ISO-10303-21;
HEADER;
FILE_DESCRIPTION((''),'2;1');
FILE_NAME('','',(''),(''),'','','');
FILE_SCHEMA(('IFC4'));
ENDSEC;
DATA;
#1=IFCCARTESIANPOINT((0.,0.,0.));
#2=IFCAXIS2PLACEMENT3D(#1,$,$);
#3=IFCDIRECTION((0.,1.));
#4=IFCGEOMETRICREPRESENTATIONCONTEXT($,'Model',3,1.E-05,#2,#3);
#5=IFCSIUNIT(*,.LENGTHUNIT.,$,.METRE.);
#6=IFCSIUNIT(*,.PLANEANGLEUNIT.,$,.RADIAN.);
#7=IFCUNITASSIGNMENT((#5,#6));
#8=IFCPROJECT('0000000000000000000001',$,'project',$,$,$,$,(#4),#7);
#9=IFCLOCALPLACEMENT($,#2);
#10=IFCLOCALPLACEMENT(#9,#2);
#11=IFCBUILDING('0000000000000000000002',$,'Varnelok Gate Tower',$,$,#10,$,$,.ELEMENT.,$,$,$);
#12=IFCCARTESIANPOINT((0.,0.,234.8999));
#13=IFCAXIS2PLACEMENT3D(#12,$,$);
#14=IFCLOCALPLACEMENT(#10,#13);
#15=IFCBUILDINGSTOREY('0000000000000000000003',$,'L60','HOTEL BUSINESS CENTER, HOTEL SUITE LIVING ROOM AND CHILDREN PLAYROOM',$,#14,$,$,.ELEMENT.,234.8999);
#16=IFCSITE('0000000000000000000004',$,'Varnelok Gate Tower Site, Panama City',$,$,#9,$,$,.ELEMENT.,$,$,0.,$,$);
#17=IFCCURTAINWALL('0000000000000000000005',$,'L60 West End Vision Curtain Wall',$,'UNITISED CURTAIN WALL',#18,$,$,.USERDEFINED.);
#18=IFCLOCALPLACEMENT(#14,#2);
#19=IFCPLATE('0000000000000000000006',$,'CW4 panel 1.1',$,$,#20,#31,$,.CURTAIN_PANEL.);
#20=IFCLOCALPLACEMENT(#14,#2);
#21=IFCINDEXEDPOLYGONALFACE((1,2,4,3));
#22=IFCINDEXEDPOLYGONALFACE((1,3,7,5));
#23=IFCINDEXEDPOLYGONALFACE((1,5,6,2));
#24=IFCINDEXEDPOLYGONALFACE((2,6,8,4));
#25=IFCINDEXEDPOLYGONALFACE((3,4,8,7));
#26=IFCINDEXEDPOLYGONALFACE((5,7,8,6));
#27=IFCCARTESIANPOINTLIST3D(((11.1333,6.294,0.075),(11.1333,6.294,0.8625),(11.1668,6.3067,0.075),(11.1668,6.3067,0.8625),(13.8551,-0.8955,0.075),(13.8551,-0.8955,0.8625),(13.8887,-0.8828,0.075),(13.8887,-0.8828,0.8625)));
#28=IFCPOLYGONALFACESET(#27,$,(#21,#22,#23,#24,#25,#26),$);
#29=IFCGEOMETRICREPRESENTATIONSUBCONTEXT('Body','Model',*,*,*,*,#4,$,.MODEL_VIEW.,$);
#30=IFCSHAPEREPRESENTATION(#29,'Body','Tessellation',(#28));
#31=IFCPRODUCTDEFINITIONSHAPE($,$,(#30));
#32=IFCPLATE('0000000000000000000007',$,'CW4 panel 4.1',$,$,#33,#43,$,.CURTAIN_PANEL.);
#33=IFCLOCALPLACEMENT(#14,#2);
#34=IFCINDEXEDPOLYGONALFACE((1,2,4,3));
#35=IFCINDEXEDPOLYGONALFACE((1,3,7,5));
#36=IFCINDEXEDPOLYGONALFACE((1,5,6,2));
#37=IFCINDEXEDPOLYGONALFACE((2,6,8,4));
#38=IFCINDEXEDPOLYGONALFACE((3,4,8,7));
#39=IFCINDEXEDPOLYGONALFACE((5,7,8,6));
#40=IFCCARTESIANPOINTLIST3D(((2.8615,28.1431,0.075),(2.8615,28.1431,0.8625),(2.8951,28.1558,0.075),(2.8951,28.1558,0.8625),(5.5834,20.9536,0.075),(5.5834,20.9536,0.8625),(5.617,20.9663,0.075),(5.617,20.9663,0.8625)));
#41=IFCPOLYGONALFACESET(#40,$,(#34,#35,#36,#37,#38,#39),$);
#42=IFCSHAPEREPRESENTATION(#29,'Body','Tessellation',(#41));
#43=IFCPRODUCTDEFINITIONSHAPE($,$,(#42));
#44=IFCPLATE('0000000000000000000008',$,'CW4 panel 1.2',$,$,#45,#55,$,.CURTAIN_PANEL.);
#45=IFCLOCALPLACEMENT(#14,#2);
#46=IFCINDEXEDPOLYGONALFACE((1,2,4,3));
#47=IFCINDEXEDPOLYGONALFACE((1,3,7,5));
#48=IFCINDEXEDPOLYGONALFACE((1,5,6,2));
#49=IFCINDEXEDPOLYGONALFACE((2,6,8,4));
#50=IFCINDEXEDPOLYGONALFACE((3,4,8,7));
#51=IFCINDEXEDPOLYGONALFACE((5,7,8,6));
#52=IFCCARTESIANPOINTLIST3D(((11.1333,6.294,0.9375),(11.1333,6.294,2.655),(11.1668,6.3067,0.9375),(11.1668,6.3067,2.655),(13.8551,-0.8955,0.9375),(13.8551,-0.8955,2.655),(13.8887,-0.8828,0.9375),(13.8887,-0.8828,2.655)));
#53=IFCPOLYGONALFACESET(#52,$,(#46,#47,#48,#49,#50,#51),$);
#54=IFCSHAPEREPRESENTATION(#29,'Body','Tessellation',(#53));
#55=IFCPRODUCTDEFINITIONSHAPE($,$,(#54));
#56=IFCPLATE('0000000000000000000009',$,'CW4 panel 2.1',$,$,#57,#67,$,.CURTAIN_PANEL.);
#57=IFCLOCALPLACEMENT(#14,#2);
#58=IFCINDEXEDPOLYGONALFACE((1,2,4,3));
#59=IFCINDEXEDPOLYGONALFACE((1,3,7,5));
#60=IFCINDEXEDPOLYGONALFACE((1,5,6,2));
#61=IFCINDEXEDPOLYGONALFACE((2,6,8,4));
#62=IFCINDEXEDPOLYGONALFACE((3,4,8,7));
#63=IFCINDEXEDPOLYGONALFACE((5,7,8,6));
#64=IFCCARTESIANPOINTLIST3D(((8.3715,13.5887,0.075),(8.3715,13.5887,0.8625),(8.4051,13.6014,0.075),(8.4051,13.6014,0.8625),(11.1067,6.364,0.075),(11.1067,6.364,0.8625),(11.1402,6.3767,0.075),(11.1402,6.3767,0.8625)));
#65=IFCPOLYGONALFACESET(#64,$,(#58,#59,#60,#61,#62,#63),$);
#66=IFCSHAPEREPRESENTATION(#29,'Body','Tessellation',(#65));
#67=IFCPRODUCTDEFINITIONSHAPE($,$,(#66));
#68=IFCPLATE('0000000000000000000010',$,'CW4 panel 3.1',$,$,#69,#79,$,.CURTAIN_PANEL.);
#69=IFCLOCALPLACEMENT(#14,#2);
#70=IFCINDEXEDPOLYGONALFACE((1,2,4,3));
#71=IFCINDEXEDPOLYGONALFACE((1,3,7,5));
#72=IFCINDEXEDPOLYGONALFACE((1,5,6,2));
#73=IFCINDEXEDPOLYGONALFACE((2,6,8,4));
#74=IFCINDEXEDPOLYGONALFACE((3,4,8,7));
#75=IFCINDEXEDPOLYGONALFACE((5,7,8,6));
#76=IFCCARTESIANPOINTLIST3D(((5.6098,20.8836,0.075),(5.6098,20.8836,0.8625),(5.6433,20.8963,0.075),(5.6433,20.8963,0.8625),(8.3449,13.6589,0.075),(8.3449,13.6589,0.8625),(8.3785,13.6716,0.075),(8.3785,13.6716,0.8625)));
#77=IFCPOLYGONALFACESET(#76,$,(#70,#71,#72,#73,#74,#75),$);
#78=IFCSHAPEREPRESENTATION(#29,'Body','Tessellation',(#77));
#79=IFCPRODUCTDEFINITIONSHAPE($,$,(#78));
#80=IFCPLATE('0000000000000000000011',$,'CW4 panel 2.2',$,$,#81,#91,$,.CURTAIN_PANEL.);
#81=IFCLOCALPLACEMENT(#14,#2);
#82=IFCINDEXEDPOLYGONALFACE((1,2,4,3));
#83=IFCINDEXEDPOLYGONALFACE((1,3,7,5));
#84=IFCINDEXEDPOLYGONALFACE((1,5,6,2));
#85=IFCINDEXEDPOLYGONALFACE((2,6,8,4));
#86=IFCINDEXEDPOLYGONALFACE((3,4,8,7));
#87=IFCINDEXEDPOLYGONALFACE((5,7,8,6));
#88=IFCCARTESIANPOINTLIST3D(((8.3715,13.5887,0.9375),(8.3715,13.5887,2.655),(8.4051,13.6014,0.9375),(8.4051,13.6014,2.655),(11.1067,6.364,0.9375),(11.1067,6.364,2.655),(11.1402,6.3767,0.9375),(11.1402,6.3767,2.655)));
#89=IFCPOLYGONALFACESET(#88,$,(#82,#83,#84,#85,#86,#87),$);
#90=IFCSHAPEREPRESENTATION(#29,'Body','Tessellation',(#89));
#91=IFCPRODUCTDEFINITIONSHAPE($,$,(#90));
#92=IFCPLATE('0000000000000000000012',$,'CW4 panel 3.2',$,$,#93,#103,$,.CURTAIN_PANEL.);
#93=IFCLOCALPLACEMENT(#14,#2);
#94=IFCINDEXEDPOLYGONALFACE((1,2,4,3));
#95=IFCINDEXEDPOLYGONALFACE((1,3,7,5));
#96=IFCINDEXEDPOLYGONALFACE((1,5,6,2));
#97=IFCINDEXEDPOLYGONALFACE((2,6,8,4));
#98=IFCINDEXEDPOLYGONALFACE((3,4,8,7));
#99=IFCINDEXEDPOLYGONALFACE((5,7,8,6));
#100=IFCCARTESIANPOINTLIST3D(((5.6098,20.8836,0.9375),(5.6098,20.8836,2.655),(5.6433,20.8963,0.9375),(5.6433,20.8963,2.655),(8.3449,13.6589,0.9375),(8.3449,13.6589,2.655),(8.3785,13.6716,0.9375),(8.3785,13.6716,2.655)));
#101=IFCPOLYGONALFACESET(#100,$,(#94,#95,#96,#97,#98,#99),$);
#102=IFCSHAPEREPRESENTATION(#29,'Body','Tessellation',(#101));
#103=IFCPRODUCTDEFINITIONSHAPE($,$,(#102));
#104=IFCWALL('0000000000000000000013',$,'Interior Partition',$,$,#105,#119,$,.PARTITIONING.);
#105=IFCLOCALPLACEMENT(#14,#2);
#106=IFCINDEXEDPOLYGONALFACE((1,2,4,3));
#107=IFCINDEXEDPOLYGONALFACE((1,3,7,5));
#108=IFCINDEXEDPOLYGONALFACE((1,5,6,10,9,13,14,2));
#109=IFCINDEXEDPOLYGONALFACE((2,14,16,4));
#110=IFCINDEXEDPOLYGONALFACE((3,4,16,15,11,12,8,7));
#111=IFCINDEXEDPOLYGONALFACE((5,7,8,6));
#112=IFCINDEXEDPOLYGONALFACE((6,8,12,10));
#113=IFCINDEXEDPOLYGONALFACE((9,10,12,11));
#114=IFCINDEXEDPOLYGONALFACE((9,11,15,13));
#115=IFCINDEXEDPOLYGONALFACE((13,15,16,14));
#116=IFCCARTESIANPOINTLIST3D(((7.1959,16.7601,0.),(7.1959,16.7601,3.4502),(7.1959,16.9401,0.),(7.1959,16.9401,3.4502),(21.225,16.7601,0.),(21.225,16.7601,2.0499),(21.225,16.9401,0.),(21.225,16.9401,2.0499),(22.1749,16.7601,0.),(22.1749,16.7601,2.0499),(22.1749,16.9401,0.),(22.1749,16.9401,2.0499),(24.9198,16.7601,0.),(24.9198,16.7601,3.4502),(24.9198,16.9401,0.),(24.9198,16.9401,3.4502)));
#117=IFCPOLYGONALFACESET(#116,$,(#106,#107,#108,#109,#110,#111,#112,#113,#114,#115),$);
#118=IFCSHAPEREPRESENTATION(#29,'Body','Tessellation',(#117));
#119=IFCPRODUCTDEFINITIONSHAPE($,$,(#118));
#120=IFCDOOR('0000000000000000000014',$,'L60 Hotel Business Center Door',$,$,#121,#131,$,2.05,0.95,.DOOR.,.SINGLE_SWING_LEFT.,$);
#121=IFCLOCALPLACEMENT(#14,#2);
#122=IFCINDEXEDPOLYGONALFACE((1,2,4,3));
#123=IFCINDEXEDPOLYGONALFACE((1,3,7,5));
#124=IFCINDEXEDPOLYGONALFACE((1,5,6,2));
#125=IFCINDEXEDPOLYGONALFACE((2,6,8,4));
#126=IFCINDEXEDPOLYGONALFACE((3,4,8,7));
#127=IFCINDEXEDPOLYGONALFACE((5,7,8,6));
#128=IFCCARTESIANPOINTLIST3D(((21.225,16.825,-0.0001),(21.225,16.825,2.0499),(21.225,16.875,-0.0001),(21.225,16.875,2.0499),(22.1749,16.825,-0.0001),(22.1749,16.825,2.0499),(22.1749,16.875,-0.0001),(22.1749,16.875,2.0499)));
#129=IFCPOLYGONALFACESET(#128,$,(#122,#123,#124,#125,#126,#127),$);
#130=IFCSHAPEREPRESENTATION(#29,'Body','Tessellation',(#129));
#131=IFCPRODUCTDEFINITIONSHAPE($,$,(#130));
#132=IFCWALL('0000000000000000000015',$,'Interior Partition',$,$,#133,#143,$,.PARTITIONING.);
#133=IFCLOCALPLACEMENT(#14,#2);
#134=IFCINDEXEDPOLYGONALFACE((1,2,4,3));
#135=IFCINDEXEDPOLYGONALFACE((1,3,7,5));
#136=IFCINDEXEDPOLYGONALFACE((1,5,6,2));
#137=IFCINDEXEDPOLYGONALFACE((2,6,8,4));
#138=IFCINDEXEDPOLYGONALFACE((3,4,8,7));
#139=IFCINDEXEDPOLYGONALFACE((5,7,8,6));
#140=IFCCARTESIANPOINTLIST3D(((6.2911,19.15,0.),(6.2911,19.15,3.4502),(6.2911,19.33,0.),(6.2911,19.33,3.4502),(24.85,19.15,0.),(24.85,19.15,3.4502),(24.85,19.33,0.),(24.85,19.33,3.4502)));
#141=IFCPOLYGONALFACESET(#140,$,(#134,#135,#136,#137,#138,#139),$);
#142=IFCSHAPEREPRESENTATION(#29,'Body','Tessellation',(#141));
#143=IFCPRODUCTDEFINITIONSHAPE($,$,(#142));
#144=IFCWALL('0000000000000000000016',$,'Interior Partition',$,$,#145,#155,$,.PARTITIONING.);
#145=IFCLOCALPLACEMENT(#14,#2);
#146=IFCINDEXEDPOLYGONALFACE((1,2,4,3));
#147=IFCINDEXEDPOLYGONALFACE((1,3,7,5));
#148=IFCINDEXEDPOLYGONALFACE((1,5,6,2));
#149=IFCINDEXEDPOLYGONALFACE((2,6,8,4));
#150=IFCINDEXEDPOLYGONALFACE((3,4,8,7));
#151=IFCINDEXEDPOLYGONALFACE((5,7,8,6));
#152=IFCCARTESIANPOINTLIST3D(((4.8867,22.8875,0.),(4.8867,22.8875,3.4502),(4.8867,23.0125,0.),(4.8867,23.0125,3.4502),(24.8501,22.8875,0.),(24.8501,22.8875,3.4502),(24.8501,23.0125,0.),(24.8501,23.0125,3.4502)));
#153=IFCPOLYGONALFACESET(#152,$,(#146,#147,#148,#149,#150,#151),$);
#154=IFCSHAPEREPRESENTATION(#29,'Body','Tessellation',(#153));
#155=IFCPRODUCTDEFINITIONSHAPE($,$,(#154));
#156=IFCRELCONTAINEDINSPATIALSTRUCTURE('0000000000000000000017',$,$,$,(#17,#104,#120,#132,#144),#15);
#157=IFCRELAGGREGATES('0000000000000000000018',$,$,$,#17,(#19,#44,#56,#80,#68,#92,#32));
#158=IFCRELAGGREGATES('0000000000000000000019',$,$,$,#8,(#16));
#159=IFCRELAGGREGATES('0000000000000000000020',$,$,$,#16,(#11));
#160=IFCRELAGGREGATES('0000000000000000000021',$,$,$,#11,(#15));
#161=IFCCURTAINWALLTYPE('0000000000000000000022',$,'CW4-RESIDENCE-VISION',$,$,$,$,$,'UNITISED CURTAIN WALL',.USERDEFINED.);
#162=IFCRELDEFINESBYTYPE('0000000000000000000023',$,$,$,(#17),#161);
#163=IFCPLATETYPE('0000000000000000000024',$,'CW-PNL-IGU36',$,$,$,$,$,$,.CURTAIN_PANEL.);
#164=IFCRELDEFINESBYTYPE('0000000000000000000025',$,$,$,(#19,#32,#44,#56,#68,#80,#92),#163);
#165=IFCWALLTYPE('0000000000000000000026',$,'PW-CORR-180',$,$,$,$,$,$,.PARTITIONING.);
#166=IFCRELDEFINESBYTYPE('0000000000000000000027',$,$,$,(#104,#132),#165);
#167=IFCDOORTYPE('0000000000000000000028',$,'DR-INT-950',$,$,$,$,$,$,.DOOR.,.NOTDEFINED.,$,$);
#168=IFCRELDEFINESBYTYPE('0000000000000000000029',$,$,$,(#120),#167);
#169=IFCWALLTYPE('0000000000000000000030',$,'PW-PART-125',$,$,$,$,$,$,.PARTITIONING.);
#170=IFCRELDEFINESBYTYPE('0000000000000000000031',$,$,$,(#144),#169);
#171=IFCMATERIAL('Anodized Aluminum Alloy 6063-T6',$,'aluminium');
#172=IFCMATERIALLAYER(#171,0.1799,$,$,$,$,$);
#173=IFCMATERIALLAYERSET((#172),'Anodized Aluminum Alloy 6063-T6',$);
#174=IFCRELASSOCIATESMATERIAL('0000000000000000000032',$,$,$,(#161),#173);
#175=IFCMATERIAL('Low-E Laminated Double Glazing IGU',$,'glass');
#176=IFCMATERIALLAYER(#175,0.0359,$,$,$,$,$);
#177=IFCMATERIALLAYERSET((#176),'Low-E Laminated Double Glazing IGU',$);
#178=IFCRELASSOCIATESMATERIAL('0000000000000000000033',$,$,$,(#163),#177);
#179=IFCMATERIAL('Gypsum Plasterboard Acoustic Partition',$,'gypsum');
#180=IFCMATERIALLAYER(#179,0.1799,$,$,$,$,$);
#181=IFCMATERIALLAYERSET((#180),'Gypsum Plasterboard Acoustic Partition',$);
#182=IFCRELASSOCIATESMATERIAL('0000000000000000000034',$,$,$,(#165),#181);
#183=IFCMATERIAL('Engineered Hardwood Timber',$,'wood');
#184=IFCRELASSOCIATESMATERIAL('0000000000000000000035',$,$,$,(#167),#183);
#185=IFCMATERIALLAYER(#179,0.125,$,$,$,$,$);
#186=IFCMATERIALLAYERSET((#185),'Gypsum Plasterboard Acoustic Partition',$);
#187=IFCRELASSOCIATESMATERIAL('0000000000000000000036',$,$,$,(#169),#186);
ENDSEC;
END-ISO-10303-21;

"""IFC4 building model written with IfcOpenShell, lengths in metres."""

from ifc_helpers import new_model, si_unit, direction, frame, frame_2d, origin, origin_2d, place, context, subcontext, project, spatial, rectangle, extrude, source, transform, mapped, material, layer, layer_set, type_object, element, fill, aggregate, save


model = new_model("IFC4")

# Units and contexts
model_context = context("Model", 3, precision=1e-05, world=origin(), true_north=direction((0.0, 1.0)))
body_context = subcontext(model_context, "Body", "Model", "MODEL_VIEW")
ifc_project = project(units=[si_unit("LENGTHUNIT", "METRE"), si_unit("PLANEANGLEUNIT", "RADIAN")], contexts=[model_context])

# Site, building, storey
site_placement = place(None, origin())
site = spatial("IfcSite", under=ifc_project, at=site_placement, Name="Varnelok Gate Tower Site, Panama City", CompositionType="ELEMENT", RefElevation=0.0)
building_placement = place(site_placement, origin())
building = spatial("IfcBuilding", under=site, at=building_placement, Name="Varnelok Gate Tower", CompositionType="ELEMENT")
storey_placement = place(building_placement, frame((0.0, 0.0, 234.8999)))
storey = spatial("IfcBuildingStorey", under=building, at=storey_placement, Name="L60", Description="HOTEL BUSINESS CENTER, HOTEL SUITE LIVING ROOM AND CHILDREN PLAYROOM", CompositionType="ELEMENT", Elevation=234.8999)

# Curtain wall
ifc_material_1 = material(Name="Anodized Aluminum Alloy 6063-T6", Category="aluminium")
ifc_layer_1 = layer(ifc_material_1, 0.1799)
ifc_layer_set_1 = layer_set([ifc_layer_1], Name="Anodized Aluminum Alloy 6063-T6")
curtain_wall_type = type_object("IfcCurtainWallType", Name="CW4-RESIDENCE-VISION", ElementType="UNITISED CURTAIN WALL", PredefinedType="USERDEFINED", material=ifc_layer_set_1)
curtain_wall_placement = place(storey_placement, origin())
curtain_wall = element("IfcCurtainWall", 1, at=curtain_wall_placement, inside=storey, type_object=curtain_wall_type, Name="L60 West End Vision Curtain Wall", ObjectType="UNITISED CURTAIN WALL", PredefinedType="USERDEFINED")

# Plates
ifc_material_2 = material(Name="Low-E Laminated Double Glazing IGU", Category="glass")
ifc_layer_2 = layer(ifc_material_2, 0.0359)
ifc_layer_set_2 = layer_set([ifc_layer_2], Name="Low-E Laminated Double Glazing IGU")
plate_type = type_object("IfcPlateType", Name="CW-PNL-IGU36", PredefinedType="CURTAIN_PANEL", material=ifc_layer_set_2)
shared_shape_1 = source(origin(), body_context, "Body", "SweptSolid", [
    extrude(rectangle(XDim=7.6875, YDim=0.0359, at=origin_2d()), origin(), (0.0, 0.0, 1.0), 0.7876),
])
plate_1_placement = place(storey_placement, frame((12.511, 2.7056, 0.075), z_axis=(0.0, 0.0, 1.0), x_axis=(-0.354063, 0.935222, 0.0)))
plate_1 = element("IfcPlate", 2, at=plate_1_placement, type_object=plate_type, Name="CW4 panel 1.1", PredefinedType="CURTAIN_PANEL", context=body_context, shape_type="MappedRepresentation", body=[
    mapped(shared_shape_1, transform((0.0, 0.0, 0.0), scale=1.0)),
])
plate_2_placement = place(storey_placement, frame((4.2393, 24.5547, 0.075), z_axis=(0.0, 0.0, 1.0), x_axis=(-0.354063, 0.935222, 0.0)))
plate_2 = element("IfcPlate", 3, at=plate_2_placement, type_object=plate_type, Name="CW4 panel 4.1", PredefinedType="CURTAIN_PANEL", context=body_context, shape_type="MappedRepresentation", body=[
    mapped(shared_shape_1, transform((0.0, 0.0, 0.0), scale=1.0)),
])
shared_shape_2 = source(origin(), body_context, "Body", "SweptSolid", [
    extrude(rectangle(XDim=7.6875, YDim=0.0359, at=origin_2d()), origin(), (0.0, 0.0, 1.0), 1.7175),
])
plate_3_placement = place(storey_placement, frame((12.511, 2.7056, 0.9375), z_axis=(0.0, 0.0, 1.0), x_axis=(-0.354063, 0.935222, 0.0)))
plate_3 = element("IfcPlate", 4, at=plate_3_placement, type_object=plate_type, Name="CW4 panel 1.2", PredefinedType="CURTAIN_PANEL", context=body_context, shape_type="MappedRepresentation", body=[
    mapped(shared_shape_2, transform((0.0, 0.0, 0.0), scale=1.0)),
])
shared_shape_3 = source(origin(), body_context, "Body", "SweptSolid", [
    extrude(rectangle(XDim=7.7251, YDim=0.0359, at=origin_2d()), origin(), (0.0, 0.0, 1.0), 0.7876),
])
plate_4_placement = place(storey_placement, frame((9.7559, 9.9827, 0.075), z_axis=(0.0, 0.0, 1.0), x_axis=(-0.354063, 0.935222, 0.0)))
plate_4 = element("IfcPlate", 5, at=plate_4_placement, type_object=plate_type, Name="CW4 panel 2.1", PredefinedType="CURTAIN_PANEL", context=body_context, shape_type="MappedRepresentation", body=[
    mapped(shared_shape_3, transform((0.0, 0.0, 0.0), scale=1.0)),
])
plate_5_placement = place(storey_placement, frame((6.9941, 17.2776, 0.075), z_axis=(0.0, 0.0, 1.0), x_axis=(-0.354063, 0.935222, 0.0)))
plate_5 = element("IfcPlate", 6, at=plate_5_placement, type_object=plate_type, Name="CW4 panel 3.1", PredefinedType="CURTAIN_PANEL", context=body_context, shape_type="MappedRepresentation", body=[
    mapped(shared_shape_3, transform((0.0, 0.0, 0.0), scale=1.0)),
])
shared_shape_4 = source(origin(), body_context, "Body", "SweptSolid", [
    extrude(rectangle(XDim=7.7251, YDim=0.0359, at=origin_2d()), origin(), (0.0, 0.0, 1.0), 1.7175),
])
plate_6_placement = place(storey_placement, frame((9.7559, 9.9827, 0.9375), z_axis=(0.0, 0.0, 1.0), x_axis=(-0.354063, 0.935222, 0.0)))
plate_6 = element("IfcPlate", 7, at=plate_6_placement, type_object=plate_type, Name="CW4 panel 2.2", PredefinedType="CURTAIN_PANEL", context=body_context, shape_type="MappedRepresentation", body=[
    mapped(shared_shape_4, transform((0.0, 0.0, 0.0), scale=1.0)),
])
plate_7_placement = place(storey_placement, frame((6.9941, 17.2776, 0.9375), z_axis=(0.0, 0.0, 1.0), x_axis=(-0.354063, 0.935222, 0.0)))
plate_7 = element("IfcPlate", 8, at=plate_7_placement, type_object=plate_type, Name="CW4 panel 3.2", PredefinedType="CURTAIN_PANEL", context=body_context, shape_type="MappedRepresentation", body=[
    mapped(shared_shape_4, transform((0.0, 0.0, 0.0), scale=1.0)),
])
aggregate(curtain_wall, [plate_1, plate_3, plate_4, plate_6, plate_5, plate_7, plate_2])

# Wall, opening, door
ifc_material_3 = material(Name="Gypsum Plasterboard Acoustic Partition", Category="gypsum")
ifc_layer_3 = layer(ifc_material_3, 0.1799)
ifc_layer_set_3 = layer_set([ifc_layer_3], Name="Gypsum Plasterboard Acoustic Partition")
wall_type_1 = type_object("IfcWallType", Name="PW-CORR-180", PredefinedType="PARTITIONING", material=ifc_layer_set_3)
wall_1_placement = place(storey_placement, frame((7.196, 16.8501, 0.0), z_axis=(0.0, 0.0, 1.0), x_axis=(1.0, 0.0, 0.0)))
wall_1 = element("IfcWall", 9, at=wall_1_placement, inside=storey, type_object=wall_type_1, Name="Interior Partition", PredefinedType="PARTITIONING", context=body_context, shape_type="SweptSolid", body=[
    extrude(rectangle(XDim=17.7239, YDim=0.1799, at=frame_2d((8.8618, 0.0))), origin(), (0.0, 0.0, 1.0), 3.4502),
])
opening_placement = place(wall_1_placement, frame((14.0288, 0.0, 0.0)))
opening = element("IfcOpeningElement", 10, at=opening_placement, cuts=wall_1, PredefinedType="OPENING", context=body_context, shape_type="SweptSolid", body=[
    extrude(rectangle(XDim=0.95, YDim=2.05, at=frame_2d((0.4751, 1.0249))), frame((0.0, 0.0999, 0.0), z_axis=(0.0, -1.0, 0.0), x_axis=(1.0, 0.0, 0.0)), (0.0, 0.0, 1.0), 0.2),
])
ifc_material_4 = material(Name="Engineered Hardwood Timber", Category="wood")
door_type = type_object("IfcDoorType", Name="DR-INT-950", OperationType="NOTDEFINED", PredefinedType="DOOR", material=ifc_material_4)
door_placement = place(opening_placement, origin())
door = element("IfcDoor", 11, at=door_placement, inside=storey, type_object=door_type, Name="L60 Hotel Business Center Door", OperationType="SINGLE_SWING_LEFT", OverallHeight=2.05, OverallWidth=0.95, PredefinedType="DOOR", context=body_context, shape_type="SweptSolid", body=[
    extrude(rectangle(XDim=0.95, YDim=2.05, at=frame_2d((0.4751, 1.0249))), frame((0.0, 0.0249, 0.0), z_axis=(0.0, -1.0, 0.0), x_axis=(1.0, 0.0, 0.0)), (0.0, 0.0, 1.0), 0.05),
])
fill(opening, door)

# Walls
wall_2_placement = place(storey_placement, frame((6.2913, 19.24, 0.0), z_axis=(0.0, 0.0, 1.0), x_axis=(1.0, 0.0, 0.0)))
element("IfcWall", 12, at=wall_2_placement, inside=storey, type_object=wall_type_1, Name="Interior Partition", PredefinedType="PARTITIONING", context=body_context, shape_type="SweptSolid", body=[
    extrude(rectangle(XDim=18.5588, YDim=0.1799, at=frame_2d((9.2793, 0.0))), origin(), (0.0, 0.0, 1.0), 3.4502),
])
ifc_layer_4 = layer(ifc_material_3, 0.125)
ifc_layer_set_4 = layer_set([ifc_layer_4], Name="Gypsum Plasterboard Acoustic Partition")
wall_type_2 = type_object("IfcWallType", Name="PW-PART-125", PredefinedType="PARTITIONING", material=ifc_layer_set_4)
wall_3_placement = place(storey_placement, frame((4.8867, 22.95, 0.0), z_axis=(0.0, 0.0, 1.0), x_axis=(1.0, 0.0, 0.0)))
element("IfcWall", 13, at=wall_3_placement, inside=storey, type_object=wall_type_2, Name="Interior Partition", PredefinedType="PARTITIONING", context=body_context, shape_type="SweptSolid", body=[
    extrude(rectangle(XDim=19.9634, YDim=0.125, at=frame_2d((9.9817, 0.0))), origin(), (0.0, 0.0, 1.0), 3.4502),
])

save(model, "model.ifc")
